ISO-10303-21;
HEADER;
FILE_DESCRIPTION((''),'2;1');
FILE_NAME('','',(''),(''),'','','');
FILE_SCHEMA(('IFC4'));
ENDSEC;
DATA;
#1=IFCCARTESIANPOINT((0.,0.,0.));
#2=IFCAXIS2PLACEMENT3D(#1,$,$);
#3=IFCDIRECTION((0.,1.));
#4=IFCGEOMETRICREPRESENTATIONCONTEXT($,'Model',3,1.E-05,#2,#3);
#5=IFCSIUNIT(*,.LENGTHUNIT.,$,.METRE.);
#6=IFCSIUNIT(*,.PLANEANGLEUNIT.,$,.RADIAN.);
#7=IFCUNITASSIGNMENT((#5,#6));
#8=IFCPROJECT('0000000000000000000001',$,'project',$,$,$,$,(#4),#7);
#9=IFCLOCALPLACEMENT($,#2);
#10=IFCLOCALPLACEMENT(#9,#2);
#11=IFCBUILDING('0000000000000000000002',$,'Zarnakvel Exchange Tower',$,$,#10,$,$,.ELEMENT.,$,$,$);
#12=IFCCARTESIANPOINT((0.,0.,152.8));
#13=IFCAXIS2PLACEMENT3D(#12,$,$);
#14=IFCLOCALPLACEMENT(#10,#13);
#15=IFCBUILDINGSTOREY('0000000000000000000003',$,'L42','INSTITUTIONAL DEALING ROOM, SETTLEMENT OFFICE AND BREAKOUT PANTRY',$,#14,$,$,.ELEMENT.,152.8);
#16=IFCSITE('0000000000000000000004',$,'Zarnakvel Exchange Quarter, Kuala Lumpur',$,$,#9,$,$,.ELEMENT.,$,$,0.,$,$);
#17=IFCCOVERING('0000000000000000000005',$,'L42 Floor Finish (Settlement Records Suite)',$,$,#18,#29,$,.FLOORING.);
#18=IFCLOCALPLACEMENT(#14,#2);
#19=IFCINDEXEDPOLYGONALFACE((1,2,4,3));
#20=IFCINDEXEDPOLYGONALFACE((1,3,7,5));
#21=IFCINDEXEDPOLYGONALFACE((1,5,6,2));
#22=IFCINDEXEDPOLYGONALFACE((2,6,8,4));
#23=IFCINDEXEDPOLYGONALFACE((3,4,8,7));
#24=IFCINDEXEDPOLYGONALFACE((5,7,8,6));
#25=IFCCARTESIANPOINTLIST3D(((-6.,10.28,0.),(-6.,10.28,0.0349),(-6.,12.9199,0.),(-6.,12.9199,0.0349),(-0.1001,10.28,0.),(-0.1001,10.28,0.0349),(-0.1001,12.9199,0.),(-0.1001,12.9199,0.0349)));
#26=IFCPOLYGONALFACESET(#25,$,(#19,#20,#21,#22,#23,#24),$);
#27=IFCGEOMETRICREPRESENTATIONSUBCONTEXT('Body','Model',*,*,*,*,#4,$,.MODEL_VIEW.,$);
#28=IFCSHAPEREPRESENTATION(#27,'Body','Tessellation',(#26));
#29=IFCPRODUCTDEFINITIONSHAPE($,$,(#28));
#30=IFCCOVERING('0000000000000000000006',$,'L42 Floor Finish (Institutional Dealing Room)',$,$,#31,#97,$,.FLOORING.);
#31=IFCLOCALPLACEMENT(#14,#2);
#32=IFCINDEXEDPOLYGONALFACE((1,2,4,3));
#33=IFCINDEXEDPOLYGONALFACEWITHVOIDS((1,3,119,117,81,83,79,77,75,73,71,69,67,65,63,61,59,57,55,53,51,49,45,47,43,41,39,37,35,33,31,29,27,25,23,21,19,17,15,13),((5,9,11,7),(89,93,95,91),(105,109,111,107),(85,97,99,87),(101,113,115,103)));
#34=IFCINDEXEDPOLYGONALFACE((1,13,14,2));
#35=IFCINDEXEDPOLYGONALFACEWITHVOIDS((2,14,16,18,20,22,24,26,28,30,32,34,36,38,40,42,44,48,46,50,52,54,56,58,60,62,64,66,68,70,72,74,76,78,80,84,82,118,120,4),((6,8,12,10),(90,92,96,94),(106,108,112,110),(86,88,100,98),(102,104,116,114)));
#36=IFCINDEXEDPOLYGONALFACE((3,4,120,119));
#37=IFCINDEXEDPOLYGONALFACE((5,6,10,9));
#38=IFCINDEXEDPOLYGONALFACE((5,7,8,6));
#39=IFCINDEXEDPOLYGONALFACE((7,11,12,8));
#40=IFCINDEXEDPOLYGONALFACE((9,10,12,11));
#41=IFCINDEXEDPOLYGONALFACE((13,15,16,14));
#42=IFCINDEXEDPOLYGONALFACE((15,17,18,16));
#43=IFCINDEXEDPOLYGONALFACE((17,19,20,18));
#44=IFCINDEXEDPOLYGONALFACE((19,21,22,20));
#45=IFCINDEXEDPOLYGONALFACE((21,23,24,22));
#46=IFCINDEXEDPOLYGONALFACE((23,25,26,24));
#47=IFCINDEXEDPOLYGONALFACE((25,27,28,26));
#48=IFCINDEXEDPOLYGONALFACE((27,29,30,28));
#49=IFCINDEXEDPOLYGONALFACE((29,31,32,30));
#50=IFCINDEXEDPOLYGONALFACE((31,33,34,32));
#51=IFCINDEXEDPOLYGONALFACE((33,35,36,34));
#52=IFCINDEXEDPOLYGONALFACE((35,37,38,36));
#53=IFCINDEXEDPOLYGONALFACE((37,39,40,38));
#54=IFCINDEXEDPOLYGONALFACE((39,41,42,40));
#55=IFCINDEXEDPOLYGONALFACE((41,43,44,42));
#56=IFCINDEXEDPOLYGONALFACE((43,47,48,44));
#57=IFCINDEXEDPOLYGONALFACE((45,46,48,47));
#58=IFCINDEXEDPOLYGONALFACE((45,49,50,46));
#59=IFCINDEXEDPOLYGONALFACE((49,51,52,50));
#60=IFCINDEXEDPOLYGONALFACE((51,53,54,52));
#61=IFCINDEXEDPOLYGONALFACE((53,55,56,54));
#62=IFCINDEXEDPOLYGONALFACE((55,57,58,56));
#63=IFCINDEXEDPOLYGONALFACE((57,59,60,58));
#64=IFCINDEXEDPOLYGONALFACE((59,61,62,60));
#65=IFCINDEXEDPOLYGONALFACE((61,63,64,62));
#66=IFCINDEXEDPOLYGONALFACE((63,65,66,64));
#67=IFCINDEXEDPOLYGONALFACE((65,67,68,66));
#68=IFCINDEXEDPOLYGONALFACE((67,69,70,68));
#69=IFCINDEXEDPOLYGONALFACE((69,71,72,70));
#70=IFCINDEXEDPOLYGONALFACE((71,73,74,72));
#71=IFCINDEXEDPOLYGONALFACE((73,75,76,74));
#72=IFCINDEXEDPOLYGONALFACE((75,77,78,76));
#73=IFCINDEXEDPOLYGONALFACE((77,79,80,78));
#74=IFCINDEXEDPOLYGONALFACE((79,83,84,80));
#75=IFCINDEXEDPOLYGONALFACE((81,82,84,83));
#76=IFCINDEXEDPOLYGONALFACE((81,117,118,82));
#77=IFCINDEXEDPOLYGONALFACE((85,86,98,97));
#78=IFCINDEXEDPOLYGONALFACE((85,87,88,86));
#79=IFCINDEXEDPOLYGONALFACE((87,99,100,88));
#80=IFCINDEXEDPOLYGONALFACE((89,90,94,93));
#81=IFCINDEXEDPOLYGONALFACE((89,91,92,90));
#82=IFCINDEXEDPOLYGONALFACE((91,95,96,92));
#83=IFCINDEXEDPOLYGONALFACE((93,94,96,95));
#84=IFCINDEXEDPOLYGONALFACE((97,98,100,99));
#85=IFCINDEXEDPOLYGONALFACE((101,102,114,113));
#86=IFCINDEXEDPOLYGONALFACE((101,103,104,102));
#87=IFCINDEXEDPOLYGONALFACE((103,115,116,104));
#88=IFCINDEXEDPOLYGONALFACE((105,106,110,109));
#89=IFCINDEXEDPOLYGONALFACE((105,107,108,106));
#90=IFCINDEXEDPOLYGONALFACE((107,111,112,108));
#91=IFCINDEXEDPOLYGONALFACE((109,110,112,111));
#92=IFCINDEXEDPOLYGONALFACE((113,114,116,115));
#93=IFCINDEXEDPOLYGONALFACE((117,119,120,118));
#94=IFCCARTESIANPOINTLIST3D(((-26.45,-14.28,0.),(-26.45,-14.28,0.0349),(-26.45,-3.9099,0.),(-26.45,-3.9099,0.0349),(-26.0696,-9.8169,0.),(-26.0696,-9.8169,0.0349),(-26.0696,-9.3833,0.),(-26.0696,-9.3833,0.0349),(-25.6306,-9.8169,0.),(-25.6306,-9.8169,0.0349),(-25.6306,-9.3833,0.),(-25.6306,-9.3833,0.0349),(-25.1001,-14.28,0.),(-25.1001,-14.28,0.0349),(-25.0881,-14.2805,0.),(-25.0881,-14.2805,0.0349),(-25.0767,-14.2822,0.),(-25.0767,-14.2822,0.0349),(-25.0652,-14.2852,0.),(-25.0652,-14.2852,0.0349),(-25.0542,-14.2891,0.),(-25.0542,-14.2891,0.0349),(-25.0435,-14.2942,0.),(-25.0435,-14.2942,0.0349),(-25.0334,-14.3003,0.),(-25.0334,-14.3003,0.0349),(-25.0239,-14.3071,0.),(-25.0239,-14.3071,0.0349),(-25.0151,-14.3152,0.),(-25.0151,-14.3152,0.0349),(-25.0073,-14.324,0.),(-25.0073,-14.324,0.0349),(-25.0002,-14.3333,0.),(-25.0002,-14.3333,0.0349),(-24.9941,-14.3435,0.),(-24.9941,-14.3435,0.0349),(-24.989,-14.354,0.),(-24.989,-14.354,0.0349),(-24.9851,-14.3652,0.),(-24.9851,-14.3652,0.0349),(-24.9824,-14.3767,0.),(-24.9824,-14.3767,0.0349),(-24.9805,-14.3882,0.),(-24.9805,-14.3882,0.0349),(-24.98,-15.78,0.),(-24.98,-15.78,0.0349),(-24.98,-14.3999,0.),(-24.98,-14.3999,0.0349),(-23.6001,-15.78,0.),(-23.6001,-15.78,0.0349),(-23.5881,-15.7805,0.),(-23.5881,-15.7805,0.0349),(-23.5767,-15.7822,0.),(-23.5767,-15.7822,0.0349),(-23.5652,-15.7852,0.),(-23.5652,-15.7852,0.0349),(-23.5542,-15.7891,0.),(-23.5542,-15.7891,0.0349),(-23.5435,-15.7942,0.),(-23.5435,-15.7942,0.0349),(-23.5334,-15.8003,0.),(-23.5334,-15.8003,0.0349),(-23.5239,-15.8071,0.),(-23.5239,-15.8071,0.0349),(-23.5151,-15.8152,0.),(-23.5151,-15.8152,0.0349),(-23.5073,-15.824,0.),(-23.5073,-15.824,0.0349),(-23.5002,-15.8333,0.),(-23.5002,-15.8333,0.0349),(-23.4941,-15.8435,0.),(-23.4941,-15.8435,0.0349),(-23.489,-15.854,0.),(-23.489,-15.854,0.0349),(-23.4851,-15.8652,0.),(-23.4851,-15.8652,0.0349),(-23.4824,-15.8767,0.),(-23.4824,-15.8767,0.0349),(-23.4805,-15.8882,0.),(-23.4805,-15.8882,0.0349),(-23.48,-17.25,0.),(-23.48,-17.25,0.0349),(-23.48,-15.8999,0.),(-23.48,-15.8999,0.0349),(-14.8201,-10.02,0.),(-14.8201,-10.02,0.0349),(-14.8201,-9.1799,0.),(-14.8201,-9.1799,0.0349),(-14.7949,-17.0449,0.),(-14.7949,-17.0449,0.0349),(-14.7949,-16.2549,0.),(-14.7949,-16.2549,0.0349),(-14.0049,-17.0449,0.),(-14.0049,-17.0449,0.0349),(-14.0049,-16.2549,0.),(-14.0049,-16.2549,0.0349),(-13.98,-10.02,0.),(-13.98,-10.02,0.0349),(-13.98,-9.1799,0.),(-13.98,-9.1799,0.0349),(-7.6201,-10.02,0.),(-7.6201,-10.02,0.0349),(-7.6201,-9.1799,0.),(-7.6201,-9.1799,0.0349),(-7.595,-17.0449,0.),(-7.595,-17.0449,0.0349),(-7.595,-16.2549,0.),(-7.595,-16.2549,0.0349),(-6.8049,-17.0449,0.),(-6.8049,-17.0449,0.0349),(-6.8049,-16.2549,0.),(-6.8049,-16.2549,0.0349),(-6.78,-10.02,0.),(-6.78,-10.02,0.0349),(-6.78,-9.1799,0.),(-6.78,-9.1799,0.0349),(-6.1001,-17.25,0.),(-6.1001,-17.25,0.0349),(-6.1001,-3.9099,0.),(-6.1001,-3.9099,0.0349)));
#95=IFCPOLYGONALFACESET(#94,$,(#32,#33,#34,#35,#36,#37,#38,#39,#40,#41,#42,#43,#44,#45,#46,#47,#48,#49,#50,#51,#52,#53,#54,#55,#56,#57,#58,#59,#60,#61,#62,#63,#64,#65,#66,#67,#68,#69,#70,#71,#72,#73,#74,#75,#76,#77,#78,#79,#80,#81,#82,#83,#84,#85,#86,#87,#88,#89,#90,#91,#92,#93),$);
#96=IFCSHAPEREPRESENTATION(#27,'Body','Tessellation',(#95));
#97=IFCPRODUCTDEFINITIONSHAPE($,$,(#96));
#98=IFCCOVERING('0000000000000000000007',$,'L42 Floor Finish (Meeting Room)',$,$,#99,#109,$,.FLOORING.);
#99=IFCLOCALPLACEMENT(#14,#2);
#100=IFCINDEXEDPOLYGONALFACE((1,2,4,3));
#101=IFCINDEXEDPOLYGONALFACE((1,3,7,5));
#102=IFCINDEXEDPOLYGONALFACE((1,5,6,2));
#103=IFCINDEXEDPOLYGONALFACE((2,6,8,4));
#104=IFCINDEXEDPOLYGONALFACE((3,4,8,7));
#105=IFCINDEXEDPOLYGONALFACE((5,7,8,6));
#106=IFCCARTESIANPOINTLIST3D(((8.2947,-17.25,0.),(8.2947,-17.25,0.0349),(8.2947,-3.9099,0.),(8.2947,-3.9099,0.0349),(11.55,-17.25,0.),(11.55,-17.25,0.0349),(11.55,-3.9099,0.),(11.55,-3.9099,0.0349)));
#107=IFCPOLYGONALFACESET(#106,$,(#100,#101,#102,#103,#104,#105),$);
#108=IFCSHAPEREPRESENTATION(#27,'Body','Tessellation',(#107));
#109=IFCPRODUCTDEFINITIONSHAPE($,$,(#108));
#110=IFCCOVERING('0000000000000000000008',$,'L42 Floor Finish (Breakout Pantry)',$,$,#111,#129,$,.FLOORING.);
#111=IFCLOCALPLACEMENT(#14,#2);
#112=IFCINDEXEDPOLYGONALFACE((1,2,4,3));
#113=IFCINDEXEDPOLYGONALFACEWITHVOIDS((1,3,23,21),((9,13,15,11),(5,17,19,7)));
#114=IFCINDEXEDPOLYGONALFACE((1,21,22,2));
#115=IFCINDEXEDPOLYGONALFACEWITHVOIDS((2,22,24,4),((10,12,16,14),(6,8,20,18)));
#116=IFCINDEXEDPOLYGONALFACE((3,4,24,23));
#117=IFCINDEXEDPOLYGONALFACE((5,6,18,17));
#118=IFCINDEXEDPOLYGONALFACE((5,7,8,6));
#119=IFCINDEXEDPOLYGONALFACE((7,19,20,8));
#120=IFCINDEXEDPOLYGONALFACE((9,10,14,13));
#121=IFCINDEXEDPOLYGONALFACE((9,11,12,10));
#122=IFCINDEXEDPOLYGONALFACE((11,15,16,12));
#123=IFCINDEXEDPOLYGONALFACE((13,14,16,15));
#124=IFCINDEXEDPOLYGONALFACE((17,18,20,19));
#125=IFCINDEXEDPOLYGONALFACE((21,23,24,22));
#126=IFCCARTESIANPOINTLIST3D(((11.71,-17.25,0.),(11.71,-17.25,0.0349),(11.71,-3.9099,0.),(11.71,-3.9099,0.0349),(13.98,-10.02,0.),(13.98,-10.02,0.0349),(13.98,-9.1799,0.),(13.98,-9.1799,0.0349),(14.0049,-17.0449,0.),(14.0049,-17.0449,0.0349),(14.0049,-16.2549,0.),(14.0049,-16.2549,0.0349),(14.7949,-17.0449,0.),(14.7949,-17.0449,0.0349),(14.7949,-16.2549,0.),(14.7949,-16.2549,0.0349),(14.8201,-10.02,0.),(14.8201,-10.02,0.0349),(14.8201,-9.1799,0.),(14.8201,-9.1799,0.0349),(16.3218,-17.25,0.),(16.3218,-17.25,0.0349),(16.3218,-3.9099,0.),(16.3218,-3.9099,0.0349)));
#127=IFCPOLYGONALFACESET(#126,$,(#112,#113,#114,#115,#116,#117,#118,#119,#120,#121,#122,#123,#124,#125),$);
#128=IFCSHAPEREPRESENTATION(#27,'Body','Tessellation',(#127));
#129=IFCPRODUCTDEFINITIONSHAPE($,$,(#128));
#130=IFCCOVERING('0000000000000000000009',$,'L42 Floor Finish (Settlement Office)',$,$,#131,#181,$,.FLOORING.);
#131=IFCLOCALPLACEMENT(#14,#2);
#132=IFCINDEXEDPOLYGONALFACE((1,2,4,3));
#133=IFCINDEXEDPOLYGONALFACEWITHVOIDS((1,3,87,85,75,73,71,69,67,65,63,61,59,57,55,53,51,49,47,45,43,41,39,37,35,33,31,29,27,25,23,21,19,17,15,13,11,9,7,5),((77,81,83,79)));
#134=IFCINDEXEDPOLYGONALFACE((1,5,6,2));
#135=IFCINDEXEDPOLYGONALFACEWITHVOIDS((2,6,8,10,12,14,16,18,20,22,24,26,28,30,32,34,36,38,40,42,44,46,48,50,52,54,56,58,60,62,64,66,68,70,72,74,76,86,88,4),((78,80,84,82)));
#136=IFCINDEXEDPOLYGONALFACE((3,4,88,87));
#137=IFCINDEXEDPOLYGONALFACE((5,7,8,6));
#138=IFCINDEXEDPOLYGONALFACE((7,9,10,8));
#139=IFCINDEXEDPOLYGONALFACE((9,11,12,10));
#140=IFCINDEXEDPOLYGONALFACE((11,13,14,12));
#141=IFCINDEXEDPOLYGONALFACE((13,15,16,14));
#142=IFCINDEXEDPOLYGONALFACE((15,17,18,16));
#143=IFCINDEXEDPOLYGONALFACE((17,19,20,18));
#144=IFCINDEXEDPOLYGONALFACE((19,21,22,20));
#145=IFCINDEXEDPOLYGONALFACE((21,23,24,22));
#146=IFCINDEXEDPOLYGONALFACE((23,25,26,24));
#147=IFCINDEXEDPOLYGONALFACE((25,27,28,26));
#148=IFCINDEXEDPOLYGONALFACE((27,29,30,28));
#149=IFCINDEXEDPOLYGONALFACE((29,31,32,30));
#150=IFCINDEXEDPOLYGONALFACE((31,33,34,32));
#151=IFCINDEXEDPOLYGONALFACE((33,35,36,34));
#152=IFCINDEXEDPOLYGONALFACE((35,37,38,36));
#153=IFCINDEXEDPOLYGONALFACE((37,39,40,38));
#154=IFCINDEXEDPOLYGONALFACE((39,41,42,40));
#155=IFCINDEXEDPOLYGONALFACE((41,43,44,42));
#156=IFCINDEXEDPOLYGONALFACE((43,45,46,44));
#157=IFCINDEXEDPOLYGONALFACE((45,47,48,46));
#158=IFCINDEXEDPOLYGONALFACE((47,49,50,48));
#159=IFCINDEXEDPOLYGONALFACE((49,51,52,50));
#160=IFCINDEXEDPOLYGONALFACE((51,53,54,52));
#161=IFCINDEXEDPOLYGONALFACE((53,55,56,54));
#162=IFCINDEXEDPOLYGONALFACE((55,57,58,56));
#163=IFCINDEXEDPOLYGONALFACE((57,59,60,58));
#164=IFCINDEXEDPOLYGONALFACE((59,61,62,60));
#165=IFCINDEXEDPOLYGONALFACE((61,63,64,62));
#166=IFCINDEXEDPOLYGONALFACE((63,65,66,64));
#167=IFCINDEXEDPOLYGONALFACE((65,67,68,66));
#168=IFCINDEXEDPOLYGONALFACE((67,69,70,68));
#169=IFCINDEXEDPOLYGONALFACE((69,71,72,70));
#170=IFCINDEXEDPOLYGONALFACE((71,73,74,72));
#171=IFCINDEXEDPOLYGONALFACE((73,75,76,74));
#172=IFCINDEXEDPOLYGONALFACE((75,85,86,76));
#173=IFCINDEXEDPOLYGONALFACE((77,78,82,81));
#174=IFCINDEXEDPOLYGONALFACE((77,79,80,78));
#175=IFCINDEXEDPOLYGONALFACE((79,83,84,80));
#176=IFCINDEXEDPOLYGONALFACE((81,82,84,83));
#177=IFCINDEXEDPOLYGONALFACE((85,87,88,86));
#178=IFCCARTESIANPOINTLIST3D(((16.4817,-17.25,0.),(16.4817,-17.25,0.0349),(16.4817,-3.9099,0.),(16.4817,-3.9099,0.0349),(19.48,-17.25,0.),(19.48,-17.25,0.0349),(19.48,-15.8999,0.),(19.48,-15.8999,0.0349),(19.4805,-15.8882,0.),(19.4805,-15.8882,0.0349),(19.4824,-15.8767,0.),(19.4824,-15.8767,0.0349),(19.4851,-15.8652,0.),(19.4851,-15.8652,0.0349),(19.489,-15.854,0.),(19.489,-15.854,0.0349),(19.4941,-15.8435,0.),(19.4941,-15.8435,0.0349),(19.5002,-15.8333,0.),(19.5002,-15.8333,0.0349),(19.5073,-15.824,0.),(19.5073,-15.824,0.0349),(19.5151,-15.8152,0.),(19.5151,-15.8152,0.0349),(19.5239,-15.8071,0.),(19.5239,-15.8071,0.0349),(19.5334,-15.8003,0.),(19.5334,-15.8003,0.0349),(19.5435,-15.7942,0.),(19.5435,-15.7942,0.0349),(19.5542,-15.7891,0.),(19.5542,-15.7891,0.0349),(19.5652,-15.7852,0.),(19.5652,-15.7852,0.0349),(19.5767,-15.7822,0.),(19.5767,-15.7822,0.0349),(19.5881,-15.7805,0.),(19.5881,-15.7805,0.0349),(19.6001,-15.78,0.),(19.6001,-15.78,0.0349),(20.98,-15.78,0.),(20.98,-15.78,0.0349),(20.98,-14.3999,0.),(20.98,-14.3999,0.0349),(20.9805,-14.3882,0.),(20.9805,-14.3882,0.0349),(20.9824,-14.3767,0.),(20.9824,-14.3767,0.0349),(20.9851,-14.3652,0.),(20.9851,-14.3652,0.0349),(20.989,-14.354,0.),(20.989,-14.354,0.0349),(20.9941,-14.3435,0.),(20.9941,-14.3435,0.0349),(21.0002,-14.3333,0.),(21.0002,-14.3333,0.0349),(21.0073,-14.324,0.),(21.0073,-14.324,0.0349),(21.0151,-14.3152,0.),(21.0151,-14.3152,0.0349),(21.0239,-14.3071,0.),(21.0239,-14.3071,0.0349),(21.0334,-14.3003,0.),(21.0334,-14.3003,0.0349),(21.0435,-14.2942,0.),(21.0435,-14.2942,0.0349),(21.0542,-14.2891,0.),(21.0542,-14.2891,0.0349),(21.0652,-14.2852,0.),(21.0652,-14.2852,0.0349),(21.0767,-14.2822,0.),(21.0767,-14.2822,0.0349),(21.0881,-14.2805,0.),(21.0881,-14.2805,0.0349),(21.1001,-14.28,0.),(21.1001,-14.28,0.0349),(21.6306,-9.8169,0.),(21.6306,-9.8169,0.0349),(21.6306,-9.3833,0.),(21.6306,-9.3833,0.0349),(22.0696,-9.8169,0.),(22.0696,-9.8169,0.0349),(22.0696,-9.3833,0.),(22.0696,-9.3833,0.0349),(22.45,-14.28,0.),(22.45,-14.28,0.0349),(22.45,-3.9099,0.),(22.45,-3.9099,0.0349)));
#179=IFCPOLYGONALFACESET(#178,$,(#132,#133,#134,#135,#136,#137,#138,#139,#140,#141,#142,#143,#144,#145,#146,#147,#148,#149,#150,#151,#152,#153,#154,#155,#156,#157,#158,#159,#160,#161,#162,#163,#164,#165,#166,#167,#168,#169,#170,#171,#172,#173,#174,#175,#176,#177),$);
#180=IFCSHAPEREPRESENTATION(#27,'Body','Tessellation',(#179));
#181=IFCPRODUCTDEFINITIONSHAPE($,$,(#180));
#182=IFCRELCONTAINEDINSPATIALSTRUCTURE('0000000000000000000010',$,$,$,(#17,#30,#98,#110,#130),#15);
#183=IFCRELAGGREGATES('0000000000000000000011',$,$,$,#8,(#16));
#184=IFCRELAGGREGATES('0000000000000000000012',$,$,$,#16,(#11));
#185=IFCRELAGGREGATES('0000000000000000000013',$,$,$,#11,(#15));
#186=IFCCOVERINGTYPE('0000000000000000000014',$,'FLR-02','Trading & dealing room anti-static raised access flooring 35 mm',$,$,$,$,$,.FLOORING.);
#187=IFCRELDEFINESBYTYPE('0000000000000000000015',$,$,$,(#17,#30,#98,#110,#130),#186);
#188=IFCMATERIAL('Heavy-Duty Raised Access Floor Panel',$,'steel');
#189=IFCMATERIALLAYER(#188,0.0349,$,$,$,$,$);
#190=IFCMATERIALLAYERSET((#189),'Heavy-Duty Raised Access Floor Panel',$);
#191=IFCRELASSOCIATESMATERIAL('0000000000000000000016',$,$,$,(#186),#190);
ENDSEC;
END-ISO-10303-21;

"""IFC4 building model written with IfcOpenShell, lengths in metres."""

from ifc_helpers import new_model, si_unit, direction, frame, origin, place, context, subcontext, project, spatial, polyline, outline, extrude, material, layer, layer_set, type_object, element, save


model = new_model("IFC4")

# Units and contexts
model_context = context("Model", 3, precision=1e-05, world=origin(), true_north=direction((0.0, 1.0)))
body_context = subcontext(model_context, "Body", "Model", "MODEL_VIEW")
ifc_project = project(units=[si_unit("LENGTHUNIT", "METRE"), si_unit("PLANEANGLEUNIT", "RADIAN")], contexts=[model_context])

# Site, building, storey
site_placement = place(None, origin())
site = spatial("IfcSite", under=ifc_project, at=site_placement, Name="Zarnakvel Exchange Quarter, Kuala Lumpur", CompositionType="ELEMENT", RefElevation=0.0)
building_placement = place(site_placement, origin())
building = spatial("IfcBuilding", under=site, at=building_placement, Name="Zarnakvel Exchange Tower", CompositionType="ELEMENT")
storey_placement = place(building_placement, frame((0.0, 0.0, 152.8)))
storey = spatial("IfcBuildingStorey", under=building, at=storey_placement, Name="L42", Description="INSTITUTIONAL DEALING ROOM, SETTLEMENT OFFICE AND BREAKOUT PANTRY", CompositionType="ELEMENT", Elevation=152.8)

# Coverings
ifc_material_1 = material(Name="Heavy-Duty Raised Access Floor Panel", Category="steel")
ifc_layer_1 = layer(ifc_material_1, 0.0349)
ifc_layer_set_1 = layer_set([ifc_layer_1], Name="Heavy-Duty Raised Access Floor Panel")
covering_type_1 = type_object("IfcCoveringType", Name="FLR-02", Description="Trading & dealing room anti-static raised access flooring 35 mm", PredefinedType="FLOORING", material=ifc_layer_set_1)
covering_1_placement = place(storey_placement, origin())
element("IfcCovering", 1, at=covering_1_placement, inside=storey, type_object=covering_type_1, Name="L42 Floor Finish (Settlement Records Suite)", PredefinedType="FLOORING", context=body_context, shape_type="SweptSolid", body=[
    extrude(outline(polyline([(-6.0, 12.9199), (-0.1001, 12.9199), (-0.1001, 10.28), (-6.0, 10.28), (-6.0, 12.9199)])), origin(), (0.0, 0.0, 1.0), 0.0349),
])
covering_2_placement = place(storey_placement, origin())
element("IfcCovering", 2, at=covering_2_placement, inside=storey, type_object=covering_type_1, Name="L42 Floor Finish (Institutional Dealing Room)", PredefinedType="FLOORING", context=body_context, shape_type="SweptSolid", body=[
    extrude(outline(polyline([(-6.1001, -3.9099), (-6.1001, -17.25), (-23.48, -17.25), (-23.48, -15.8999), (-23.4805, -15.8882), (-23.4824, -15.8767), (-23.4851, -15.8652), (-23.489, -15.854), (-23.4941, -15.8435), (-23.5002, -15.8333), (-23.5073, -15.824), (-23.5151, -15.8152), (-23.5239, -15.8071), (-23.5334, -15.8003), (-23.5435, -15.7942), (-23.5542, -15.7891), (-23.5652, -15.7852), (-23.5767, -15.7822), (-23.5881, -15.7805), (-23.6001, -15.78), (-24.98, -15.78), (-24.98, -14.3999), (-24.9805, -14.3882), (-24.9824, -14.3767), (-24.9851, -14.3652), (-24.989, -14.354), (-24.9941, -14.3435), (-25.0002, -14.3333), (-25.0073, -14.324), (-25.0151, -14.3152), (-25.0239, -14.3071), (-25.0334, -14.3003), (-25.0435, -14.2942), (-25.0542, -14.2891), (-25.0652, -14.2852), (-25.0767, -14.2822), (-25.0881, -14.2805), (-25.1001, -14.28), (-26.45, -14.28), (-26.45, -3.9099), (-6.1001, -3.9099)]), holes=[polyline([(-6.78, -10.02), (-6.78, -9.1799), (-7.6201, -9.1799), (-7.6201, -10.02), (-6.78, -10.02)]), polyline([(-6.8049, -17.0449), (-6.8049, -16.2549), (-7.595, -16.2549), (-7.595, -17.0449), (-6.8049, -17.0449)]), polyline([(-13.98, -10.02), (-13.98, -9.1799), (-14.8201, -9.1799), (-14.8201, -10.02), (-13.98, -10.02)]), polyline([(-14.0049, -16.2549), (-14.7949, -16.2549), (-14.7949, -17.0449), (-14.0049, -17.0449), (-14.0049, -16.2549)]), polyline([(-25.6306, -9.8169), (-25.6306, -9.3833), (-26.0696, -9.3833), (-26.0696, -9.8169), (-25.6306, -9.8169)])]), origin(), (0.0, 0.0, 1.0), 0.0349),
])
covering_3_placement = place(storey_placement, origin())
element("IfcCovering", 3, at=covering_3_placement, inside=storey, type_object=covering_type_1, Name="L42 Floor Finish (Meeting Room)", PredefinedType="FLOORING", context=body_context, shape_type="SweptSolid", body=[
    extrude(outline(polyline([(8.2947, -3.9099), (11.55, -3.9099), (11.55, -17.25), (8.2947, -17.25), (8.2947, -3.9099)])), origin(), (0.0, 0.0, 1.0), 0.0349),
])
covering_4_placement = place(storey_placement, origin())
element("IfcCovering", 4, at=covering_4_placement, inside=storey, type_object=covering_type_1, Name="L42 Floor Finish (Breakout Pantry)", PredefinedType="FLOORING", context=body_context, shape_type="SweptSolid", body=[
    extrude(outline(polyline([(11.71, -3.9099), (16.3218, -3.9099), (16.3218, -17.25), (11.71, -17.25), (11.71, -3.9099)]), holes=[polyline([(14.8201, -10.02), (14.8201, -9.1799), (13.98, -9.1799), (13.98, -10.02), (14.8201, -10.02)]), polyline([(14.7949, -17.0449), (14.7949, -16.2549), (14.0049, -16.2549), (14.0049, -17.0449), (14.7949, -17.0449)])]), origin(), (0.0, 0.0, 1.0), 0.0349),
])
covering_5_placement = place(storey_placement, origin())
element("IfcCovering", 5, at=covering_5_placement, inside=storey, type_object=covering_type_1, Name="L42 Floor Finish (Settlement Office)", PredefinedType="FLOORING", context=body_context, shape_type="SweptSolid", body=[
    extrude(outline(polyline([(16.4817, -3.9099), (22.45, -3.9099), (22.45, -14.28), (21.1001, -14.28), (21.0881, -14.2805), (21.0767, -14.2822), (21.0652, -14.2852), (21.0542, -14.2891), (21.0435, -14.2942), (21.0334, -14.3003), (21.0239, -14.3071), (21.0151, -14.3152), (21.0073, -14.324), (21.0002, -14.3333), (20.9941, -14.3435), (20.989, -14.354), (20.9851, -14.3652), (20.9824, -14.3767), (20.9805, -14.3882), (20.98, -14.3999), (20.98, -15.78), (19.6001, -15.78), (19.5881, -15.7805), (19.5767, -15.7822), (19.5652, -15.7852), (19.5542, -15.7891), (19.5435, -15.7942), (19.5334, -15.8003), (19.5239, -15.8071), (19.5151, -15.8152), (19.5073, -15.824), (19.5002, -15.8333), (19.4941, -15.8435), (19.489, -15.854), (19.4851, -15.8652), (19.4824, -15.8767), (19.4805, -15.8882), (19.48, -15.8999), (19.48, -17.25), (16.4817, -17.25), (16.4817, -3.9099)]), holes=[polyline([(22.0696, -9.8169), (22.0696, -9.3833), (21.6306, -9.3833), (21.6306, -9.8169), (22.0696, -9.8169)])]), origin(), (0.0, 0.0, 1.0), 0.0349),
])

save(model, "model.ifc")
